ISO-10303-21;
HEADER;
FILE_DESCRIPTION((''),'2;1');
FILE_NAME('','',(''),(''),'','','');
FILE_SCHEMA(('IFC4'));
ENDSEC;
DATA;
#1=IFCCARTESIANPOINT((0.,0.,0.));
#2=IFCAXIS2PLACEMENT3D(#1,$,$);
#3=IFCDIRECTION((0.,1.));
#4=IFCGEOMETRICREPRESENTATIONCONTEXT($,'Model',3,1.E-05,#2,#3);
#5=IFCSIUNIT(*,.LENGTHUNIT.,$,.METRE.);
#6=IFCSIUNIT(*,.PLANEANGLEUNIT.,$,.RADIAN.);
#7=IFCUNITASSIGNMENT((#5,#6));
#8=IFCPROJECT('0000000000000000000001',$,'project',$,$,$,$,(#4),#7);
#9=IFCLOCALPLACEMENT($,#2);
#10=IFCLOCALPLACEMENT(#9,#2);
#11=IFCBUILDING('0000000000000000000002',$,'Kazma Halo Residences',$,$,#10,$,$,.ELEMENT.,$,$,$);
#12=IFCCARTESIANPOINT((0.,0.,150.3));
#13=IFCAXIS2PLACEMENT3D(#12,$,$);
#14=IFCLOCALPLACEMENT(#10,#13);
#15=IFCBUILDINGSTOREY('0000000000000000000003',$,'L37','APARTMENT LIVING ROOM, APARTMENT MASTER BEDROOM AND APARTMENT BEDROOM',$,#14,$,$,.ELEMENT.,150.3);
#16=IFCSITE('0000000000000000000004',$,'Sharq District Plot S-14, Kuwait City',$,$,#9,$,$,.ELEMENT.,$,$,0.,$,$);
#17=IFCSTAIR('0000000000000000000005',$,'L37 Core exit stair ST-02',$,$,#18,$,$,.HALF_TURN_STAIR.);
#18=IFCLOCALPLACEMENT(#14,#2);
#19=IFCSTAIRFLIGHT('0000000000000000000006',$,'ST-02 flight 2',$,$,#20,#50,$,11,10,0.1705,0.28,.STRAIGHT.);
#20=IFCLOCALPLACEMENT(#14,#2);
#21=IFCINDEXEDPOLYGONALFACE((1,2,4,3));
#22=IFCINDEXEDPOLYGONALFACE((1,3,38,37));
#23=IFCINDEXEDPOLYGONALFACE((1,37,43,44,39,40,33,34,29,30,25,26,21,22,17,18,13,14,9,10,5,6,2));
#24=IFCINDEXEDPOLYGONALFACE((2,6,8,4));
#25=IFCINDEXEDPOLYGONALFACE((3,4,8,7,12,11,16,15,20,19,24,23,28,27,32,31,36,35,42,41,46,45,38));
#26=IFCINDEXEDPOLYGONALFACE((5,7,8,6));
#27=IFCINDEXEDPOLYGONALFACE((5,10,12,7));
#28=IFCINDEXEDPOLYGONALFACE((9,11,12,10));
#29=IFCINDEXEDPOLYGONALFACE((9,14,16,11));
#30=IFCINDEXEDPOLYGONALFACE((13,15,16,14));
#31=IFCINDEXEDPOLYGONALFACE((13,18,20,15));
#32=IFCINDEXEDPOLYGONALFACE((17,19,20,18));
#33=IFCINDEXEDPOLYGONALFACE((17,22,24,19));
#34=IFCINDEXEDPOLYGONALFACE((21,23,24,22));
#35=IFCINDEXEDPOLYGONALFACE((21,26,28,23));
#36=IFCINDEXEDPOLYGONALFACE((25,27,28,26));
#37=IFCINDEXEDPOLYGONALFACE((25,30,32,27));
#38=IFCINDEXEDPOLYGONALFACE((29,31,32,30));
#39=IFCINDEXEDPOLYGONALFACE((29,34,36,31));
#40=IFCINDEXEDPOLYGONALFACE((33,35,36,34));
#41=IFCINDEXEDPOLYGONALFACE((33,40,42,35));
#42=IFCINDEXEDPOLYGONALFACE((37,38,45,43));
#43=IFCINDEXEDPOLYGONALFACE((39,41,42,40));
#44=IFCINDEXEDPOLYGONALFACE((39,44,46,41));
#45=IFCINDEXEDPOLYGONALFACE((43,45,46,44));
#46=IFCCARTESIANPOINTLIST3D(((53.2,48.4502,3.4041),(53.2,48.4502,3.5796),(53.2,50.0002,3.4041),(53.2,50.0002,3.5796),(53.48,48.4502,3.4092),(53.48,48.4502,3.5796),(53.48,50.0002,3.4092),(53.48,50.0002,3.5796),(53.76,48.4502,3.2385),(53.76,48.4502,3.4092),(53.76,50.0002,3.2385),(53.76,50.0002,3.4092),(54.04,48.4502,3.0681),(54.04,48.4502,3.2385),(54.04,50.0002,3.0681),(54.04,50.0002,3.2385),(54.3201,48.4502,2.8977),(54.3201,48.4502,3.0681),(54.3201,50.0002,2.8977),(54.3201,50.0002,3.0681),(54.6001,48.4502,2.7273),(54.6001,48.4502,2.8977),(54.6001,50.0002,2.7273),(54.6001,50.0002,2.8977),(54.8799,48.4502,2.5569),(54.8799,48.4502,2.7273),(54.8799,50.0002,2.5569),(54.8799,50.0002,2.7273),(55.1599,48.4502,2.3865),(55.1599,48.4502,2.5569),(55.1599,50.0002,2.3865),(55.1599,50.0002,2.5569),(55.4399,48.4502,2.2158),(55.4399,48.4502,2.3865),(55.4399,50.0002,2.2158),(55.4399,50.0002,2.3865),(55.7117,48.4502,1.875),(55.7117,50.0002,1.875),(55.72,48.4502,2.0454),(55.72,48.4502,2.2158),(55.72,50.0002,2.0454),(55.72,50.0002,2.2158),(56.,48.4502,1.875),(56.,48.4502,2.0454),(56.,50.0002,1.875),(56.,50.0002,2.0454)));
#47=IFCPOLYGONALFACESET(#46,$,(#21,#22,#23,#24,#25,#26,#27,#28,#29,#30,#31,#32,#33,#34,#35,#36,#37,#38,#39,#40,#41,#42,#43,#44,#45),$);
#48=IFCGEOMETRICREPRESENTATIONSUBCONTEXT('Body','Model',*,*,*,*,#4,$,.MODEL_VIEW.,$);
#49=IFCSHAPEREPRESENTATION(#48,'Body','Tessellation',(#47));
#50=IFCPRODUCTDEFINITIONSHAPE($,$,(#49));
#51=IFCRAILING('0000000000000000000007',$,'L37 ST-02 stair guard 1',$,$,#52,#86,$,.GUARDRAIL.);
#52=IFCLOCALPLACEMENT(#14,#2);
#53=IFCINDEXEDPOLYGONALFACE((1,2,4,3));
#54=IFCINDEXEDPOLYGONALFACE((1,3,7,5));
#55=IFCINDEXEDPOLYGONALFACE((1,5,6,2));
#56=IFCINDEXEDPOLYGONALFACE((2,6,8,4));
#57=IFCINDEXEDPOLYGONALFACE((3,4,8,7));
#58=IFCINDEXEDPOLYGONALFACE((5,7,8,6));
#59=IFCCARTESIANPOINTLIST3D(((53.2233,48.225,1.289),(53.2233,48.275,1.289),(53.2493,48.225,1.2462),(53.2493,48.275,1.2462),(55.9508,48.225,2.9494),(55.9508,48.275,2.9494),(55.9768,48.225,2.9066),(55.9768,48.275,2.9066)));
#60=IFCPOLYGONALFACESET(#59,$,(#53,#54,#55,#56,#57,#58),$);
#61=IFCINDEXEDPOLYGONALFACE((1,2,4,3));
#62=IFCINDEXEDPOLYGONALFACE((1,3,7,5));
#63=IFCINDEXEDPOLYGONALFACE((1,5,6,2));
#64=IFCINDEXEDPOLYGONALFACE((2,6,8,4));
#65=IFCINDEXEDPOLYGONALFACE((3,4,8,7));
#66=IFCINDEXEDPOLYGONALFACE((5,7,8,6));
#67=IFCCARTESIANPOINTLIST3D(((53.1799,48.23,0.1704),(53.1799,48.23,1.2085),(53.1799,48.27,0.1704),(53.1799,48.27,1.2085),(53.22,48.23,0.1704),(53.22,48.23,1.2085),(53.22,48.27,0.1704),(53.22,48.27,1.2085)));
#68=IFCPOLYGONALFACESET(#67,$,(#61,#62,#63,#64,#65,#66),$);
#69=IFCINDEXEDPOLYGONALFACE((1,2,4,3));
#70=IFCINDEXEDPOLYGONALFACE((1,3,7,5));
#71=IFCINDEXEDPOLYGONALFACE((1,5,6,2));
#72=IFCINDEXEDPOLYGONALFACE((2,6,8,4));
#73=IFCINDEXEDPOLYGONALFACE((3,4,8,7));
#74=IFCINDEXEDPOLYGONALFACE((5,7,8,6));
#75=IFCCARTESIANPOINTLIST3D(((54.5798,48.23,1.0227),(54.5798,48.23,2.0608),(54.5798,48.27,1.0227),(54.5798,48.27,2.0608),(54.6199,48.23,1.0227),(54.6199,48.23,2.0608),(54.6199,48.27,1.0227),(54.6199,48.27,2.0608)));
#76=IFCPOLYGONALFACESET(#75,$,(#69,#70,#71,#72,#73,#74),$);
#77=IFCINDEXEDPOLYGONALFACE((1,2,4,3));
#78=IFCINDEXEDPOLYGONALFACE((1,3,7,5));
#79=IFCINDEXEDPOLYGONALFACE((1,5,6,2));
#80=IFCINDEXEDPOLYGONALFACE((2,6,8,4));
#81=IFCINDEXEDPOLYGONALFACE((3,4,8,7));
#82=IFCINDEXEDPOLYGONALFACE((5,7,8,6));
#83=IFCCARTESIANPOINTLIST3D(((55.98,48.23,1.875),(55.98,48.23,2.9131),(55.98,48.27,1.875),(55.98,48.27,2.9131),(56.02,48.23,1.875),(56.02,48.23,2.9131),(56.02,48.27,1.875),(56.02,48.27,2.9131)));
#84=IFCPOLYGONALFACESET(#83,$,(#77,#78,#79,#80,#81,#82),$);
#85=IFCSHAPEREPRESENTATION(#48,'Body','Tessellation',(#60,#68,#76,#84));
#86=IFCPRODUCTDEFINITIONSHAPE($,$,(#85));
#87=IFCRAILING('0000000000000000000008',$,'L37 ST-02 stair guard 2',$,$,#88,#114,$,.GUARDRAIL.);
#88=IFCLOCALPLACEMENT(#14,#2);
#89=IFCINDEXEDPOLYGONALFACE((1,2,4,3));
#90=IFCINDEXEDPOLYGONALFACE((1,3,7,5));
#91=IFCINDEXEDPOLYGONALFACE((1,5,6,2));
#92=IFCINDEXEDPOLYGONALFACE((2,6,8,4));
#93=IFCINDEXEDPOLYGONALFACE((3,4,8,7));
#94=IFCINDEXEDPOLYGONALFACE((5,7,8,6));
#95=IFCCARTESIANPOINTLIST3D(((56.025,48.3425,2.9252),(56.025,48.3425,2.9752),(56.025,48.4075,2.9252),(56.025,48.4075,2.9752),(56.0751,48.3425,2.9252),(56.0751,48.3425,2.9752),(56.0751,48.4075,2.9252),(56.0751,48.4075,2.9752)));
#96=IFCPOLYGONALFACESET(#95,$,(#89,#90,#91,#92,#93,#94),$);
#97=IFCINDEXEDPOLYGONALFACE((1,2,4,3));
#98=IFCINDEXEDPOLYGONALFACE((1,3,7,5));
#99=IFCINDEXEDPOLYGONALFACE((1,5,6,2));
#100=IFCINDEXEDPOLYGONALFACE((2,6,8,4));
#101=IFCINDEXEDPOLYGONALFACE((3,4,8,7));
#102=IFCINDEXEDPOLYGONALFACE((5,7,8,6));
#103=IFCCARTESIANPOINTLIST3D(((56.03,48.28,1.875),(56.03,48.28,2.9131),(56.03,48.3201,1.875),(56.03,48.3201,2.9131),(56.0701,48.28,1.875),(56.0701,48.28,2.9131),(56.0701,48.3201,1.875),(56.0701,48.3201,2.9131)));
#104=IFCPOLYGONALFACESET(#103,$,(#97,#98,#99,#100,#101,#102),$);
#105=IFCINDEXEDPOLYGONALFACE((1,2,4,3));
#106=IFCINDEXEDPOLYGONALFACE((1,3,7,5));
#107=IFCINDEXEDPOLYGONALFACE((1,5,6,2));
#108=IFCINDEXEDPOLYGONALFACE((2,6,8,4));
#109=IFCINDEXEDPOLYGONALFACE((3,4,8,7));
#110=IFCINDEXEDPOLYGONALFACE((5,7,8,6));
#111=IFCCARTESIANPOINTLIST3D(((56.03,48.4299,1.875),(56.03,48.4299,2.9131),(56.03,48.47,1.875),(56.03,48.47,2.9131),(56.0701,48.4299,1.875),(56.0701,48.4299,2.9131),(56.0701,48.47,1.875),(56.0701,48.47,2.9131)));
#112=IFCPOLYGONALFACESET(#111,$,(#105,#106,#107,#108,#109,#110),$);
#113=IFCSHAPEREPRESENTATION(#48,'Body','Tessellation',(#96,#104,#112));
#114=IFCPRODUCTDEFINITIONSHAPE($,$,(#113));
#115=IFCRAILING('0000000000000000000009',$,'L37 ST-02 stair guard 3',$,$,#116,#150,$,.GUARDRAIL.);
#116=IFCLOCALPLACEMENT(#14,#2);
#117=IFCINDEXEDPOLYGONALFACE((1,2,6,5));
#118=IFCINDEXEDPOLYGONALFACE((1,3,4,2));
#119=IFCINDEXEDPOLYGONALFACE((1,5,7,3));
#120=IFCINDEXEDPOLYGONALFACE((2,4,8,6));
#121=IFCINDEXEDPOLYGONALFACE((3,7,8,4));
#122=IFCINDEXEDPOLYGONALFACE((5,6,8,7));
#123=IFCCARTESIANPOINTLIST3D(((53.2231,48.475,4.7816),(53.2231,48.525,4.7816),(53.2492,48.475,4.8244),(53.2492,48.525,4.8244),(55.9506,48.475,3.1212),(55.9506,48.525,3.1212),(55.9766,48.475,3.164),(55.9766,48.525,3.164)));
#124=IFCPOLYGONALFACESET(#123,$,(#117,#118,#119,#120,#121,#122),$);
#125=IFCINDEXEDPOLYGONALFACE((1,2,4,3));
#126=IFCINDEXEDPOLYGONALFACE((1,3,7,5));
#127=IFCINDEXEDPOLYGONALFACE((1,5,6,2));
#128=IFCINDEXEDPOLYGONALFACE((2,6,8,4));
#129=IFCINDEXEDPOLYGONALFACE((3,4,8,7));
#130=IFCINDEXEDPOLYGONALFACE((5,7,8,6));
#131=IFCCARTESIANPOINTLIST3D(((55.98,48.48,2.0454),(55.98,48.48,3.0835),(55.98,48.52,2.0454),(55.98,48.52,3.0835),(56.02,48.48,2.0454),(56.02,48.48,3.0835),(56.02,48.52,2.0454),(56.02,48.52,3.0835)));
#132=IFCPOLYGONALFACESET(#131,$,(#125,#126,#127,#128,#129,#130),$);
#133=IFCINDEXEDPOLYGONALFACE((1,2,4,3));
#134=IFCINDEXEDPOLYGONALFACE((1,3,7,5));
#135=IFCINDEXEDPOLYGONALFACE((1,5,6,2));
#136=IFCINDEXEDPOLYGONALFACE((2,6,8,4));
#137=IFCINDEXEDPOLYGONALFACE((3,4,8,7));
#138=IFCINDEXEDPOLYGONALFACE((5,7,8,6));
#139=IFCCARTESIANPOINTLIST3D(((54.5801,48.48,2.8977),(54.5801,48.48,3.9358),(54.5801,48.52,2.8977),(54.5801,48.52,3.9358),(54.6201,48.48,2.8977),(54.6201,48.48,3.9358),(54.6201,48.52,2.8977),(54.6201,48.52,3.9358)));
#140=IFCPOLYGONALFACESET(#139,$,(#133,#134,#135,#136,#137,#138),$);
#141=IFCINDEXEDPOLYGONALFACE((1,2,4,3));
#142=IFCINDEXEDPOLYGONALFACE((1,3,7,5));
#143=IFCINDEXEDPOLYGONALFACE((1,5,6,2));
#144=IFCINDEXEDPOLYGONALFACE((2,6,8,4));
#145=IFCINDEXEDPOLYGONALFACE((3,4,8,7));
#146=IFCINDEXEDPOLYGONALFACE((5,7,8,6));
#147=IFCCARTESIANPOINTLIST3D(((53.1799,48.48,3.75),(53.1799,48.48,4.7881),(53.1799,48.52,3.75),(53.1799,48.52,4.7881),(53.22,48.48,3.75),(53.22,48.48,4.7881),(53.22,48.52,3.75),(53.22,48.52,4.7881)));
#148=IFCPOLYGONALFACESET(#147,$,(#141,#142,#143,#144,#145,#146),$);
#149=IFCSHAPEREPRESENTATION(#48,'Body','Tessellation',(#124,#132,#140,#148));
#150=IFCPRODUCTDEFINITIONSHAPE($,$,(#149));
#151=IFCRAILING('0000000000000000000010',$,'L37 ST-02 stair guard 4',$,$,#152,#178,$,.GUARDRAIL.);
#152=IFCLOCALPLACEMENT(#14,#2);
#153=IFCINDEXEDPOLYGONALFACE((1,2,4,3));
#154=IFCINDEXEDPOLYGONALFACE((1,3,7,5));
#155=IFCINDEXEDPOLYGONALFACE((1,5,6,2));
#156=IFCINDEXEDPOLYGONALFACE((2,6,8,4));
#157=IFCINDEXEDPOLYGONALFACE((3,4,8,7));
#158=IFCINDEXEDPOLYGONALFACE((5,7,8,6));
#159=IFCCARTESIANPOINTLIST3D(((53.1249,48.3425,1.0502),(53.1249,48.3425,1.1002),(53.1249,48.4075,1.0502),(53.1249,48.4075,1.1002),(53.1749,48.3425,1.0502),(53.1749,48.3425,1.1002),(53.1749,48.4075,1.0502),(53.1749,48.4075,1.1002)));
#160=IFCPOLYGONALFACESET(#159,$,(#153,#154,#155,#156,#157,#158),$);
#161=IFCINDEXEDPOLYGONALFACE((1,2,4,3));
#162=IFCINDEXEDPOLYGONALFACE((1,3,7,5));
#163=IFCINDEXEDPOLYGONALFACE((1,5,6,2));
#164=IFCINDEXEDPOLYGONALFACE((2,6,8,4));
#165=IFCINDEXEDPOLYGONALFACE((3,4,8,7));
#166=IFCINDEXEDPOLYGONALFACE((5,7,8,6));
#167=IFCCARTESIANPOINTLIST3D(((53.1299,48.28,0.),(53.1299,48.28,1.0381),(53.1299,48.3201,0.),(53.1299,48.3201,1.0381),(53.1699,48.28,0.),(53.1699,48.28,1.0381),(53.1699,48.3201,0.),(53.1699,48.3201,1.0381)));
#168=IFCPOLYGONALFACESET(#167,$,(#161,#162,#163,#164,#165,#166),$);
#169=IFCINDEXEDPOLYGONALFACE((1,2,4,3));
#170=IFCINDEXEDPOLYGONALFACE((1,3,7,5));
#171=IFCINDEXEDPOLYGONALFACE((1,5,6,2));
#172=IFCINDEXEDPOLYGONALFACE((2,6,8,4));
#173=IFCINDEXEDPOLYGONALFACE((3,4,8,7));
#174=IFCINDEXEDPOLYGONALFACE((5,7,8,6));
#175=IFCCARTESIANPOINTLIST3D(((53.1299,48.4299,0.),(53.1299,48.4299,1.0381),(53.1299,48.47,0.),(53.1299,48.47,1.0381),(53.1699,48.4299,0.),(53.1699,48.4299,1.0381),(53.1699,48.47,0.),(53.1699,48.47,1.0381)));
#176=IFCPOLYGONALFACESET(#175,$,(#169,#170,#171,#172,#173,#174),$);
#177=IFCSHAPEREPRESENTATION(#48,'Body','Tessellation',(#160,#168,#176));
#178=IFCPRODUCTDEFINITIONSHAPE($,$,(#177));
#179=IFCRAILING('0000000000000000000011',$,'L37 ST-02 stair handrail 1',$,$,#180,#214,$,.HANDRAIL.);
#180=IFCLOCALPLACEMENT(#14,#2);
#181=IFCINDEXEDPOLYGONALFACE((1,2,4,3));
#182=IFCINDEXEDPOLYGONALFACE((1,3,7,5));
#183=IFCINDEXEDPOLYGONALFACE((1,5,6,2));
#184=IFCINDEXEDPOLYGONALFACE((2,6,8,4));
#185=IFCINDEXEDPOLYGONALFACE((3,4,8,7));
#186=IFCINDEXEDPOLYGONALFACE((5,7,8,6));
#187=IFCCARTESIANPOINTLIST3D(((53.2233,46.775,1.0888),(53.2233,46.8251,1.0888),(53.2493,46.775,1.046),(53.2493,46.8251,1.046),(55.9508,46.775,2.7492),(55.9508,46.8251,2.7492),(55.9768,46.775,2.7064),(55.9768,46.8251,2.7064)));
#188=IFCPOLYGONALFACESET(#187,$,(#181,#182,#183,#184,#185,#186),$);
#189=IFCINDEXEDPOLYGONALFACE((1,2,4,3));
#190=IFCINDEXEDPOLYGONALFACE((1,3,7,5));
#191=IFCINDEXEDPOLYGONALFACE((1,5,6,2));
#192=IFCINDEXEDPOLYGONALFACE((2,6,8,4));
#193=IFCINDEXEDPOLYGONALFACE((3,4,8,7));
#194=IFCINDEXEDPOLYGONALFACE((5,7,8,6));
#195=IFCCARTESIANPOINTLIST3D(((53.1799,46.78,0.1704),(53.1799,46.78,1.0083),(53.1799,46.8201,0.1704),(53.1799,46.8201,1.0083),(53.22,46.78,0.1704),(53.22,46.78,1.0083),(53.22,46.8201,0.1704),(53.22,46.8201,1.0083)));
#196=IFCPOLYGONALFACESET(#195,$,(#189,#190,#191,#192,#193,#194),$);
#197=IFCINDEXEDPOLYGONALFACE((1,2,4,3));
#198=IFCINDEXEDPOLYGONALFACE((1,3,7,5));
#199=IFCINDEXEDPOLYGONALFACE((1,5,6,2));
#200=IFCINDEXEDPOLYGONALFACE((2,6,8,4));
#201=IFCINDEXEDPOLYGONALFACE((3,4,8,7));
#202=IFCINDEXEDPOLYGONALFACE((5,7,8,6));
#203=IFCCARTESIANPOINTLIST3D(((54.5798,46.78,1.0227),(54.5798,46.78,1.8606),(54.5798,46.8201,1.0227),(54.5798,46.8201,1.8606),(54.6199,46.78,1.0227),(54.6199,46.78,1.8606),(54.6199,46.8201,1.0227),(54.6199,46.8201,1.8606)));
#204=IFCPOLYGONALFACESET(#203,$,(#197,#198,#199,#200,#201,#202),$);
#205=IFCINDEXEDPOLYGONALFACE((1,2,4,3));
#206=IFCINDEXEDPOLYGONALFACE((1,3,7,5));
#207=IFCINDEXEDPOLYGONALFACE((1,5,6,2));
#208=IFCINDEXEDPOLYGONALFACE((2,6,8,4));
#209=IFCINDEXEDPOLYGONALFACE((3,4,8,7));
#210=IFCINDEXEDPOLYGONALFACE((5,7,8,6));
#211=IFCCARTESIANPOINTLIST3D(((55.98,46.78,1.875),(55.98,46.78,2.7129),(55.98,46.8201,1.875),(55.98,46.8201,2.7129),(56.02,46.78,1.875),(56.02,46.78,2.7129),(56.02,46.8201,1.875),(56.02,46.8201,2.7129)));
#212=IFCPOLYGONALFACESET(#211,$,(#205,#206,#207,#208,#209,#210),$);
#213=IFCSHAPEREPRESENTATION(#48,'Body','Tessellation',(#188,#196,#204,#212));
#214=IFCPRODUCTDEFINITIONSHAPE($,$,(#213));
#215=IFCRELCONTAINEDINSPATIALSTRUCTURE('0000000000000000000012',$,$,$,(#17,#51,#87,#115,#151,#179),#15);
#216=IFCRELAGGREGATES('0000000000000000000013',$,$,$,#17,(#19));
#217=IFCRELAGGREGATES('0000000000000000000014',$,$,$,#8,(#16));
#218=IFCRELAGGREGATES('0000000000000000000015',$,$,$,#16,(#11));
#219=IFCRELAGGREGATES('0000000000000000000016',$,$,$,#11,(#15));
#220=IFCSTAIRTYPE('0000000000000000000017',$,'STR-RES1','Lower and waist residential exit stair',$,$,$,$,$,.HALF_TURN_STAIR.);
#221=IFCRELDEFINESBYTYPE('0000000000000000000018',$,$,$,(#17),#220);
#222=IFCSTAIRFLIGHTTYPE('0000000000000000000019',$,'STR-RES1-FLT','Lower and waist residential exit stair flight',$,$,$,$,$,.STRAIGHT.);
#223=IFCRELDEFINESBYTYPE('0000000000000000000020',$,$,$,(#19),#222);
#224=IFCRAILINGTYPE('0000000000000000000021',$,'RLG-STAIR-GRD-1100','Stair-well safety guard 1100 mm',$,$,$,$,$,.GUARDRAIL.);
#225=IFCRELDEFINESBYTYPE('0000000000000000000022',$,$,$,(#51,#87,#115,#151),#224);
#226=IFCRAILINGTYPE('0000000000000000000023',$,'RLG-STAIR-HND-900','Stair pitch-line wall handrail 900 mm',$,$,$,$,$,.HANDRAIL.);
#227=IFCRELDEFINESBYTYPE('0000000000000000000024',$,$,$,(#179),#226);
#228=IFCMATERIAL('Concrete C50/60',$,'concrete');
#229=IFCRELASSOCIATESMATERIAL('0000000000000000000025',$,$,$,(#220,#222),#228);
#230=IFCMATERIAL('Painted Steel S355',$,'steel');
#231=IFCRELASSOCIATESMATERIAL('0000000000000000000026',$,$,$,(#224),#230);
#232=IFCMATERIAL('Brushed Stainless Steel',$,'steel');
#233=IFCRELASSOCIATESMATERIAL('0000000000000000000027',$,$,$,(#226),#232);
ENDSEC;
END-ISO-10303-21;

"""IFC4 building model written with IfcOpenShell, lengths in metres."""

from ifc_helpers import new_model, si_unit, direction, frame, origin, origin_2d, place, context, subcontext, project, spatial, polyline, rectangle, outline, extrude, material, type_object, element, aggregate, save


model = new_model("IFC4")

# Units and contexts
model_context = context("Model", 3, precision=1e-05, world=origin(), true_north=direction((0.0, 1.0)))
body_context = subcontext(model_context, "Body", "Model", "MODEL_VIEW")
ifc_project = project(units=[si_unit("LENGTHUNIT", "METRE"), si_unit("PLANEANGLEUNIT", "RADIAN")], contexts=[model_context])

# Site, building, storey
site_placement = place(None, origin())
site = spatial("IfcSite", under=ifc_project, at=site_placement, Name="Sharq District Plot S-14, Kuwait City", CompositionType="ELEMENT", RefElevation=0.0)
building_placement = place(site_placement, origin())
building = spatial("IfcBuilding", under=site, at=building_placement, Name="Kazma Halo Residences", CompositionType="ELEMENT")
storey_placement = place(building_placement, frame((0.0, 0.0, 150.3)))
storey = spatial("IfcBuildingStorey", under=building, at=storey_placement, Name="L37", Description="APARTMENT LIVING ROOM, APARTMENT MASTER BEDROOM AND APARTMENT BEDROOM", CompositionType="ELEMENT", Elevation=150.3)

# Shared definitions
ifc_material_1 = material(Name="Concrete C50/60", Category="concrete")

# Stair, stair flight
stair_type = type_object("IfcStairType", Name="STR-RES1", Description="Lower and waist residential exit stair", PredefinedType="HALF_TURN_STAIR", material=ifc_material_1)
stair_placement = place(storey_placement, origin())
stair = element("IfcStair", 1, at=stair_placement, inside=storey, type_object=stair_type, Name="L37 Core exit stair ST-02", PredefinedType="HALF_TURN_STAIR")
stair_flight_type = type_object("IfcStairFlightType", Name="STR-RES1-FLT", Description="Lower and waist residential exit stair flight", PredefinedType="STRAIGHT", material=ifc_material_1)
stair_flight_1_placement = place(storey_placement, frame((56.0, 49.2251, 1.875), z_axis=(0.0, 0.0, 1.0), x_axis=(-1.0, 0.0, 0.0)))
stair_flight_1 = element("IfcStairFlight", 2, at=stair_flight_1_placement, type_object=stair_flight_type, Name="ST-02 flight 2", NumberOfRisers=11, NumberOfTreads=10, PredefinedType="STRAIGHT", RiserHeight=0.1705, TreadLength=0.28, context=body_context, shape_type="SweptSolid", body=[
    extrude(outline(polyline([(0.0, 0.0), (0.0, 0.1704), (0.28, 0.1704), (0.28, 0.3408), (0.5601, 0.3408), (0.5601, 0.5115), (0.8401, 0.5115), (0.8401, 0.6819), (1.1201, 0.6819), (1.1201, 0.8523), (1.3999, 0.8523), (1.3999, 1.0227), (1.6799, 1.0227), (1.6799, 1.1931), (1.96, 1.1931), (1.96, 1.3635), (2.24, 1.3635), (2.24, 1.5342), (2.52, 1.5342), (2.52, 1.7046), (2.8, 1.7046), (2.8, 1.875), (2.8, 1.5291), (0.2883, 0.0), (0.0, 0.0)])), frame((0.0, 0.7749, 0.0), z_axis=(0.0, -1.0, 0.0), x_axis=(1.0, 0.0, 0.0)), (0.0, 0.0, 1.0), 1.55),
])
aggregate(stair, [stair_flight_1])

# Railings
ifc_material_2 = material(Name="Painted Steel S355", Category="steel")
railing_type_1 = type_object("IfcRailingType", Name="RLG-STAIR-GRD-1100", Description="Stair-well safety guard 1100 mm", PredefinedType="GUARDRAIL", material=ifc_material_2)
railing_1_placement = place(storey_placement, frame((53.2, 48.25, 0.1704)))
element("IfcRailing", 3, at=railing_1_placement, inside=storey, type_object=railing_type_1, Name="L37 ST-02 stair guard 1", PredefinedType="GUARDRAIL", context=body_context, shape_type="SweptSolid", body=[
    extrude(rectangle(XDim=0.05, YDim=0.05, at=origin_2d()), frame((0.0364, 0.0, 1.0972), z_axis=(0.85417, 0.0, 0.519994), x_axis=(0.0, 1.0, 0.0)), (0.0, 0.0, 1.0), 3.1931),
    extrude(rectangle(XDim=0.04, YDim=0.04, at=origin_2d()), origin(), (0.0, 0.0, 1.0), 1.0381),
    extrude(rectangle(XDim=0.04, YDim=0.04, at=origin_2d()), frame((1.3999, 0.0, 0.8523)), (0.0, 0.0, 1.0), 1.0381),
    extrude(rectangle(XDim=0.04, YDim=0.04, at=origin_2d()), frame((2.8, 0.0, 1.7046)), (0.0, 0.0, 1.0), 1.0381),
])
railing_2_placement = place(storey_placement, frame((56.05, 48.3, 1.875)))
element("IfcRailing", 4, at=railing_2_placement, inside=storey, type_object=railing_type_1, Name="L37 ST-02 stair guard 2", PredefinedType="GUARDRAIL", context=body_context, shape_type="SweptSolid", body=[
    extrude(rectangle(XDim=0.05, YDim=0.05, at=origin_2d()), frame((0.0, 0.0425, 1.0752), z_axis=(0.0, 1.0, 0.0), x_axis=(-1.0, 0.0, 0.0)), (0.0, 0.0, 1.0), 0.0649),
    extrude(rectangle(XDim=0.04, YDim=0.04, at=origin_2d()), origin(), (0.0, 0.0, 1.0), 1.0381),
    extrude(rectangle(XDim=0.04, YDim=0.04, at=origin_2d()), frame((0.0, 0.1499, 0.0)), (0.0, 0.0, 1.0), 1.0381),
])
railing_3_placement = place(storey_placement, frame((56.0, 48.5, 2.0454)))
element("IfcRailing", 5, at=railing_3_placement, inside=storey, type_object=railing_type_1, Name="L37 ST-02 stair guard 3", PredefinedType="GUARDRAIL", context=body_context, shape_type="SweptSolid", body=[
    extrude(rectangle(XDim=0.05, YDim=0.05, at=origin_2d()), frame((-0.0364, 0.0, 1.0972), z_axis=(-0.85417, 0.0, 0.519994), x_axis=(0.0, -1.0, 0.0)), (0.0, 0.0, 1.0), 3.1931),
    extrude(rectangle(XDim=0.04, YDim=0.04, at=origin_2d()), origin(), (0.0, 0.0, 1.0), 1.0381),
    extrude(rectangle(XDim=0.04, YDim=0.04, at=origin_2d()), frame((-1.3999, 0.0, 0.8523)), (0.0, 0.0, 1.0), 1.0381),
    extrude(rectangle(XDim=0.04, YDim=0.04, at=origin_2d()), frame((-2.8, 0.0, 1.7046)), (0.0, 0.0, 1.0), 1.0381),
])
railing_4_placement = place(storey_placement, frame((53.1499, 48.3, 0.0)))
element("IfcRailing", 6, at=railing_4_placement, inside=storey, type_object=railing_type_1, Name="L37 ST-02 stair guard 4", PredefinedType="GUARDRAIL", context=body_context, shape_type="SweptSolid", body=[
    extrude(rectangle(XDim=0.05, YDim=0.05, at=origin_2d()), frame((0.0, 0.0425, 1.0752), z_axis=(0.0, 1.0, 0.0), x_axis=(-1.0, 0.0, 0.0)), (0.0, 0.0, 1.0), 0.0649),
    extrude(rectangle(XDim=0.04, YDim=0.04, at=origin_2d()), origin(), (0.0, 0.0, 1.0), 1.0381),
    extrude(rectangle(XDim=0.04, YDim=0.04, at=origin_2d()), frame((0.0, 0.1499, 0.0)), (0.0, 0.0, 1.0), 1.0381),
])
ifc_material_3 = material(Name="Brushed Stainless Steel", Category="steel")
railing_type_2 = type_object("IfcRailingType", Name="RLG-STAIR-HND-900", Description="Stair pitch-line wall handrail 900 mm", PredefinedType="HANDRAIL", material=ifc_material_3)
railing_5_placement = place(storey_placement, frame((53.2, 46.8, 0.1704)))
element("IfcRailing", 7, at=railing_5_placement, inside=storey, type_object=railing_type_2, Name="L37 ST-02 stair handrail 1", PredefinedType="HANDRAIL", context=body_context, shape_type="SweptSolid", body=[
    extrude(rectangle(XDim=0.05, YDim=0.05, at=origin_2d()), frame((0.0364, 0.0, 0.897), z_axis=(0.85417, 0.0, 0.519994), x_axis=(0.0, 1.0, 0.0)), (0.0, 0.0, 1.0), 3.1931),
    extrude(rectangle(XDim=0.04, YDim=0.04, at=origin_2d()), origin(), (0.0, 0.0, 1.0), 0.8379),
    extrude(rectangle(XDim=0.04, YDim=0.04, at=origin_2d()), frame((1.3999, 0.0, 0.8523)), (0.0, 0.0, 1.0), 0.8379),
    extrude(rectangle(XDim=0.04, YDim=0.04, at=origin_2d()), frame((2.8, 0.0, 1.7046)), (0.0, 0.0, 1.0), 0.8379),
])

save(model, "model.ifc")
